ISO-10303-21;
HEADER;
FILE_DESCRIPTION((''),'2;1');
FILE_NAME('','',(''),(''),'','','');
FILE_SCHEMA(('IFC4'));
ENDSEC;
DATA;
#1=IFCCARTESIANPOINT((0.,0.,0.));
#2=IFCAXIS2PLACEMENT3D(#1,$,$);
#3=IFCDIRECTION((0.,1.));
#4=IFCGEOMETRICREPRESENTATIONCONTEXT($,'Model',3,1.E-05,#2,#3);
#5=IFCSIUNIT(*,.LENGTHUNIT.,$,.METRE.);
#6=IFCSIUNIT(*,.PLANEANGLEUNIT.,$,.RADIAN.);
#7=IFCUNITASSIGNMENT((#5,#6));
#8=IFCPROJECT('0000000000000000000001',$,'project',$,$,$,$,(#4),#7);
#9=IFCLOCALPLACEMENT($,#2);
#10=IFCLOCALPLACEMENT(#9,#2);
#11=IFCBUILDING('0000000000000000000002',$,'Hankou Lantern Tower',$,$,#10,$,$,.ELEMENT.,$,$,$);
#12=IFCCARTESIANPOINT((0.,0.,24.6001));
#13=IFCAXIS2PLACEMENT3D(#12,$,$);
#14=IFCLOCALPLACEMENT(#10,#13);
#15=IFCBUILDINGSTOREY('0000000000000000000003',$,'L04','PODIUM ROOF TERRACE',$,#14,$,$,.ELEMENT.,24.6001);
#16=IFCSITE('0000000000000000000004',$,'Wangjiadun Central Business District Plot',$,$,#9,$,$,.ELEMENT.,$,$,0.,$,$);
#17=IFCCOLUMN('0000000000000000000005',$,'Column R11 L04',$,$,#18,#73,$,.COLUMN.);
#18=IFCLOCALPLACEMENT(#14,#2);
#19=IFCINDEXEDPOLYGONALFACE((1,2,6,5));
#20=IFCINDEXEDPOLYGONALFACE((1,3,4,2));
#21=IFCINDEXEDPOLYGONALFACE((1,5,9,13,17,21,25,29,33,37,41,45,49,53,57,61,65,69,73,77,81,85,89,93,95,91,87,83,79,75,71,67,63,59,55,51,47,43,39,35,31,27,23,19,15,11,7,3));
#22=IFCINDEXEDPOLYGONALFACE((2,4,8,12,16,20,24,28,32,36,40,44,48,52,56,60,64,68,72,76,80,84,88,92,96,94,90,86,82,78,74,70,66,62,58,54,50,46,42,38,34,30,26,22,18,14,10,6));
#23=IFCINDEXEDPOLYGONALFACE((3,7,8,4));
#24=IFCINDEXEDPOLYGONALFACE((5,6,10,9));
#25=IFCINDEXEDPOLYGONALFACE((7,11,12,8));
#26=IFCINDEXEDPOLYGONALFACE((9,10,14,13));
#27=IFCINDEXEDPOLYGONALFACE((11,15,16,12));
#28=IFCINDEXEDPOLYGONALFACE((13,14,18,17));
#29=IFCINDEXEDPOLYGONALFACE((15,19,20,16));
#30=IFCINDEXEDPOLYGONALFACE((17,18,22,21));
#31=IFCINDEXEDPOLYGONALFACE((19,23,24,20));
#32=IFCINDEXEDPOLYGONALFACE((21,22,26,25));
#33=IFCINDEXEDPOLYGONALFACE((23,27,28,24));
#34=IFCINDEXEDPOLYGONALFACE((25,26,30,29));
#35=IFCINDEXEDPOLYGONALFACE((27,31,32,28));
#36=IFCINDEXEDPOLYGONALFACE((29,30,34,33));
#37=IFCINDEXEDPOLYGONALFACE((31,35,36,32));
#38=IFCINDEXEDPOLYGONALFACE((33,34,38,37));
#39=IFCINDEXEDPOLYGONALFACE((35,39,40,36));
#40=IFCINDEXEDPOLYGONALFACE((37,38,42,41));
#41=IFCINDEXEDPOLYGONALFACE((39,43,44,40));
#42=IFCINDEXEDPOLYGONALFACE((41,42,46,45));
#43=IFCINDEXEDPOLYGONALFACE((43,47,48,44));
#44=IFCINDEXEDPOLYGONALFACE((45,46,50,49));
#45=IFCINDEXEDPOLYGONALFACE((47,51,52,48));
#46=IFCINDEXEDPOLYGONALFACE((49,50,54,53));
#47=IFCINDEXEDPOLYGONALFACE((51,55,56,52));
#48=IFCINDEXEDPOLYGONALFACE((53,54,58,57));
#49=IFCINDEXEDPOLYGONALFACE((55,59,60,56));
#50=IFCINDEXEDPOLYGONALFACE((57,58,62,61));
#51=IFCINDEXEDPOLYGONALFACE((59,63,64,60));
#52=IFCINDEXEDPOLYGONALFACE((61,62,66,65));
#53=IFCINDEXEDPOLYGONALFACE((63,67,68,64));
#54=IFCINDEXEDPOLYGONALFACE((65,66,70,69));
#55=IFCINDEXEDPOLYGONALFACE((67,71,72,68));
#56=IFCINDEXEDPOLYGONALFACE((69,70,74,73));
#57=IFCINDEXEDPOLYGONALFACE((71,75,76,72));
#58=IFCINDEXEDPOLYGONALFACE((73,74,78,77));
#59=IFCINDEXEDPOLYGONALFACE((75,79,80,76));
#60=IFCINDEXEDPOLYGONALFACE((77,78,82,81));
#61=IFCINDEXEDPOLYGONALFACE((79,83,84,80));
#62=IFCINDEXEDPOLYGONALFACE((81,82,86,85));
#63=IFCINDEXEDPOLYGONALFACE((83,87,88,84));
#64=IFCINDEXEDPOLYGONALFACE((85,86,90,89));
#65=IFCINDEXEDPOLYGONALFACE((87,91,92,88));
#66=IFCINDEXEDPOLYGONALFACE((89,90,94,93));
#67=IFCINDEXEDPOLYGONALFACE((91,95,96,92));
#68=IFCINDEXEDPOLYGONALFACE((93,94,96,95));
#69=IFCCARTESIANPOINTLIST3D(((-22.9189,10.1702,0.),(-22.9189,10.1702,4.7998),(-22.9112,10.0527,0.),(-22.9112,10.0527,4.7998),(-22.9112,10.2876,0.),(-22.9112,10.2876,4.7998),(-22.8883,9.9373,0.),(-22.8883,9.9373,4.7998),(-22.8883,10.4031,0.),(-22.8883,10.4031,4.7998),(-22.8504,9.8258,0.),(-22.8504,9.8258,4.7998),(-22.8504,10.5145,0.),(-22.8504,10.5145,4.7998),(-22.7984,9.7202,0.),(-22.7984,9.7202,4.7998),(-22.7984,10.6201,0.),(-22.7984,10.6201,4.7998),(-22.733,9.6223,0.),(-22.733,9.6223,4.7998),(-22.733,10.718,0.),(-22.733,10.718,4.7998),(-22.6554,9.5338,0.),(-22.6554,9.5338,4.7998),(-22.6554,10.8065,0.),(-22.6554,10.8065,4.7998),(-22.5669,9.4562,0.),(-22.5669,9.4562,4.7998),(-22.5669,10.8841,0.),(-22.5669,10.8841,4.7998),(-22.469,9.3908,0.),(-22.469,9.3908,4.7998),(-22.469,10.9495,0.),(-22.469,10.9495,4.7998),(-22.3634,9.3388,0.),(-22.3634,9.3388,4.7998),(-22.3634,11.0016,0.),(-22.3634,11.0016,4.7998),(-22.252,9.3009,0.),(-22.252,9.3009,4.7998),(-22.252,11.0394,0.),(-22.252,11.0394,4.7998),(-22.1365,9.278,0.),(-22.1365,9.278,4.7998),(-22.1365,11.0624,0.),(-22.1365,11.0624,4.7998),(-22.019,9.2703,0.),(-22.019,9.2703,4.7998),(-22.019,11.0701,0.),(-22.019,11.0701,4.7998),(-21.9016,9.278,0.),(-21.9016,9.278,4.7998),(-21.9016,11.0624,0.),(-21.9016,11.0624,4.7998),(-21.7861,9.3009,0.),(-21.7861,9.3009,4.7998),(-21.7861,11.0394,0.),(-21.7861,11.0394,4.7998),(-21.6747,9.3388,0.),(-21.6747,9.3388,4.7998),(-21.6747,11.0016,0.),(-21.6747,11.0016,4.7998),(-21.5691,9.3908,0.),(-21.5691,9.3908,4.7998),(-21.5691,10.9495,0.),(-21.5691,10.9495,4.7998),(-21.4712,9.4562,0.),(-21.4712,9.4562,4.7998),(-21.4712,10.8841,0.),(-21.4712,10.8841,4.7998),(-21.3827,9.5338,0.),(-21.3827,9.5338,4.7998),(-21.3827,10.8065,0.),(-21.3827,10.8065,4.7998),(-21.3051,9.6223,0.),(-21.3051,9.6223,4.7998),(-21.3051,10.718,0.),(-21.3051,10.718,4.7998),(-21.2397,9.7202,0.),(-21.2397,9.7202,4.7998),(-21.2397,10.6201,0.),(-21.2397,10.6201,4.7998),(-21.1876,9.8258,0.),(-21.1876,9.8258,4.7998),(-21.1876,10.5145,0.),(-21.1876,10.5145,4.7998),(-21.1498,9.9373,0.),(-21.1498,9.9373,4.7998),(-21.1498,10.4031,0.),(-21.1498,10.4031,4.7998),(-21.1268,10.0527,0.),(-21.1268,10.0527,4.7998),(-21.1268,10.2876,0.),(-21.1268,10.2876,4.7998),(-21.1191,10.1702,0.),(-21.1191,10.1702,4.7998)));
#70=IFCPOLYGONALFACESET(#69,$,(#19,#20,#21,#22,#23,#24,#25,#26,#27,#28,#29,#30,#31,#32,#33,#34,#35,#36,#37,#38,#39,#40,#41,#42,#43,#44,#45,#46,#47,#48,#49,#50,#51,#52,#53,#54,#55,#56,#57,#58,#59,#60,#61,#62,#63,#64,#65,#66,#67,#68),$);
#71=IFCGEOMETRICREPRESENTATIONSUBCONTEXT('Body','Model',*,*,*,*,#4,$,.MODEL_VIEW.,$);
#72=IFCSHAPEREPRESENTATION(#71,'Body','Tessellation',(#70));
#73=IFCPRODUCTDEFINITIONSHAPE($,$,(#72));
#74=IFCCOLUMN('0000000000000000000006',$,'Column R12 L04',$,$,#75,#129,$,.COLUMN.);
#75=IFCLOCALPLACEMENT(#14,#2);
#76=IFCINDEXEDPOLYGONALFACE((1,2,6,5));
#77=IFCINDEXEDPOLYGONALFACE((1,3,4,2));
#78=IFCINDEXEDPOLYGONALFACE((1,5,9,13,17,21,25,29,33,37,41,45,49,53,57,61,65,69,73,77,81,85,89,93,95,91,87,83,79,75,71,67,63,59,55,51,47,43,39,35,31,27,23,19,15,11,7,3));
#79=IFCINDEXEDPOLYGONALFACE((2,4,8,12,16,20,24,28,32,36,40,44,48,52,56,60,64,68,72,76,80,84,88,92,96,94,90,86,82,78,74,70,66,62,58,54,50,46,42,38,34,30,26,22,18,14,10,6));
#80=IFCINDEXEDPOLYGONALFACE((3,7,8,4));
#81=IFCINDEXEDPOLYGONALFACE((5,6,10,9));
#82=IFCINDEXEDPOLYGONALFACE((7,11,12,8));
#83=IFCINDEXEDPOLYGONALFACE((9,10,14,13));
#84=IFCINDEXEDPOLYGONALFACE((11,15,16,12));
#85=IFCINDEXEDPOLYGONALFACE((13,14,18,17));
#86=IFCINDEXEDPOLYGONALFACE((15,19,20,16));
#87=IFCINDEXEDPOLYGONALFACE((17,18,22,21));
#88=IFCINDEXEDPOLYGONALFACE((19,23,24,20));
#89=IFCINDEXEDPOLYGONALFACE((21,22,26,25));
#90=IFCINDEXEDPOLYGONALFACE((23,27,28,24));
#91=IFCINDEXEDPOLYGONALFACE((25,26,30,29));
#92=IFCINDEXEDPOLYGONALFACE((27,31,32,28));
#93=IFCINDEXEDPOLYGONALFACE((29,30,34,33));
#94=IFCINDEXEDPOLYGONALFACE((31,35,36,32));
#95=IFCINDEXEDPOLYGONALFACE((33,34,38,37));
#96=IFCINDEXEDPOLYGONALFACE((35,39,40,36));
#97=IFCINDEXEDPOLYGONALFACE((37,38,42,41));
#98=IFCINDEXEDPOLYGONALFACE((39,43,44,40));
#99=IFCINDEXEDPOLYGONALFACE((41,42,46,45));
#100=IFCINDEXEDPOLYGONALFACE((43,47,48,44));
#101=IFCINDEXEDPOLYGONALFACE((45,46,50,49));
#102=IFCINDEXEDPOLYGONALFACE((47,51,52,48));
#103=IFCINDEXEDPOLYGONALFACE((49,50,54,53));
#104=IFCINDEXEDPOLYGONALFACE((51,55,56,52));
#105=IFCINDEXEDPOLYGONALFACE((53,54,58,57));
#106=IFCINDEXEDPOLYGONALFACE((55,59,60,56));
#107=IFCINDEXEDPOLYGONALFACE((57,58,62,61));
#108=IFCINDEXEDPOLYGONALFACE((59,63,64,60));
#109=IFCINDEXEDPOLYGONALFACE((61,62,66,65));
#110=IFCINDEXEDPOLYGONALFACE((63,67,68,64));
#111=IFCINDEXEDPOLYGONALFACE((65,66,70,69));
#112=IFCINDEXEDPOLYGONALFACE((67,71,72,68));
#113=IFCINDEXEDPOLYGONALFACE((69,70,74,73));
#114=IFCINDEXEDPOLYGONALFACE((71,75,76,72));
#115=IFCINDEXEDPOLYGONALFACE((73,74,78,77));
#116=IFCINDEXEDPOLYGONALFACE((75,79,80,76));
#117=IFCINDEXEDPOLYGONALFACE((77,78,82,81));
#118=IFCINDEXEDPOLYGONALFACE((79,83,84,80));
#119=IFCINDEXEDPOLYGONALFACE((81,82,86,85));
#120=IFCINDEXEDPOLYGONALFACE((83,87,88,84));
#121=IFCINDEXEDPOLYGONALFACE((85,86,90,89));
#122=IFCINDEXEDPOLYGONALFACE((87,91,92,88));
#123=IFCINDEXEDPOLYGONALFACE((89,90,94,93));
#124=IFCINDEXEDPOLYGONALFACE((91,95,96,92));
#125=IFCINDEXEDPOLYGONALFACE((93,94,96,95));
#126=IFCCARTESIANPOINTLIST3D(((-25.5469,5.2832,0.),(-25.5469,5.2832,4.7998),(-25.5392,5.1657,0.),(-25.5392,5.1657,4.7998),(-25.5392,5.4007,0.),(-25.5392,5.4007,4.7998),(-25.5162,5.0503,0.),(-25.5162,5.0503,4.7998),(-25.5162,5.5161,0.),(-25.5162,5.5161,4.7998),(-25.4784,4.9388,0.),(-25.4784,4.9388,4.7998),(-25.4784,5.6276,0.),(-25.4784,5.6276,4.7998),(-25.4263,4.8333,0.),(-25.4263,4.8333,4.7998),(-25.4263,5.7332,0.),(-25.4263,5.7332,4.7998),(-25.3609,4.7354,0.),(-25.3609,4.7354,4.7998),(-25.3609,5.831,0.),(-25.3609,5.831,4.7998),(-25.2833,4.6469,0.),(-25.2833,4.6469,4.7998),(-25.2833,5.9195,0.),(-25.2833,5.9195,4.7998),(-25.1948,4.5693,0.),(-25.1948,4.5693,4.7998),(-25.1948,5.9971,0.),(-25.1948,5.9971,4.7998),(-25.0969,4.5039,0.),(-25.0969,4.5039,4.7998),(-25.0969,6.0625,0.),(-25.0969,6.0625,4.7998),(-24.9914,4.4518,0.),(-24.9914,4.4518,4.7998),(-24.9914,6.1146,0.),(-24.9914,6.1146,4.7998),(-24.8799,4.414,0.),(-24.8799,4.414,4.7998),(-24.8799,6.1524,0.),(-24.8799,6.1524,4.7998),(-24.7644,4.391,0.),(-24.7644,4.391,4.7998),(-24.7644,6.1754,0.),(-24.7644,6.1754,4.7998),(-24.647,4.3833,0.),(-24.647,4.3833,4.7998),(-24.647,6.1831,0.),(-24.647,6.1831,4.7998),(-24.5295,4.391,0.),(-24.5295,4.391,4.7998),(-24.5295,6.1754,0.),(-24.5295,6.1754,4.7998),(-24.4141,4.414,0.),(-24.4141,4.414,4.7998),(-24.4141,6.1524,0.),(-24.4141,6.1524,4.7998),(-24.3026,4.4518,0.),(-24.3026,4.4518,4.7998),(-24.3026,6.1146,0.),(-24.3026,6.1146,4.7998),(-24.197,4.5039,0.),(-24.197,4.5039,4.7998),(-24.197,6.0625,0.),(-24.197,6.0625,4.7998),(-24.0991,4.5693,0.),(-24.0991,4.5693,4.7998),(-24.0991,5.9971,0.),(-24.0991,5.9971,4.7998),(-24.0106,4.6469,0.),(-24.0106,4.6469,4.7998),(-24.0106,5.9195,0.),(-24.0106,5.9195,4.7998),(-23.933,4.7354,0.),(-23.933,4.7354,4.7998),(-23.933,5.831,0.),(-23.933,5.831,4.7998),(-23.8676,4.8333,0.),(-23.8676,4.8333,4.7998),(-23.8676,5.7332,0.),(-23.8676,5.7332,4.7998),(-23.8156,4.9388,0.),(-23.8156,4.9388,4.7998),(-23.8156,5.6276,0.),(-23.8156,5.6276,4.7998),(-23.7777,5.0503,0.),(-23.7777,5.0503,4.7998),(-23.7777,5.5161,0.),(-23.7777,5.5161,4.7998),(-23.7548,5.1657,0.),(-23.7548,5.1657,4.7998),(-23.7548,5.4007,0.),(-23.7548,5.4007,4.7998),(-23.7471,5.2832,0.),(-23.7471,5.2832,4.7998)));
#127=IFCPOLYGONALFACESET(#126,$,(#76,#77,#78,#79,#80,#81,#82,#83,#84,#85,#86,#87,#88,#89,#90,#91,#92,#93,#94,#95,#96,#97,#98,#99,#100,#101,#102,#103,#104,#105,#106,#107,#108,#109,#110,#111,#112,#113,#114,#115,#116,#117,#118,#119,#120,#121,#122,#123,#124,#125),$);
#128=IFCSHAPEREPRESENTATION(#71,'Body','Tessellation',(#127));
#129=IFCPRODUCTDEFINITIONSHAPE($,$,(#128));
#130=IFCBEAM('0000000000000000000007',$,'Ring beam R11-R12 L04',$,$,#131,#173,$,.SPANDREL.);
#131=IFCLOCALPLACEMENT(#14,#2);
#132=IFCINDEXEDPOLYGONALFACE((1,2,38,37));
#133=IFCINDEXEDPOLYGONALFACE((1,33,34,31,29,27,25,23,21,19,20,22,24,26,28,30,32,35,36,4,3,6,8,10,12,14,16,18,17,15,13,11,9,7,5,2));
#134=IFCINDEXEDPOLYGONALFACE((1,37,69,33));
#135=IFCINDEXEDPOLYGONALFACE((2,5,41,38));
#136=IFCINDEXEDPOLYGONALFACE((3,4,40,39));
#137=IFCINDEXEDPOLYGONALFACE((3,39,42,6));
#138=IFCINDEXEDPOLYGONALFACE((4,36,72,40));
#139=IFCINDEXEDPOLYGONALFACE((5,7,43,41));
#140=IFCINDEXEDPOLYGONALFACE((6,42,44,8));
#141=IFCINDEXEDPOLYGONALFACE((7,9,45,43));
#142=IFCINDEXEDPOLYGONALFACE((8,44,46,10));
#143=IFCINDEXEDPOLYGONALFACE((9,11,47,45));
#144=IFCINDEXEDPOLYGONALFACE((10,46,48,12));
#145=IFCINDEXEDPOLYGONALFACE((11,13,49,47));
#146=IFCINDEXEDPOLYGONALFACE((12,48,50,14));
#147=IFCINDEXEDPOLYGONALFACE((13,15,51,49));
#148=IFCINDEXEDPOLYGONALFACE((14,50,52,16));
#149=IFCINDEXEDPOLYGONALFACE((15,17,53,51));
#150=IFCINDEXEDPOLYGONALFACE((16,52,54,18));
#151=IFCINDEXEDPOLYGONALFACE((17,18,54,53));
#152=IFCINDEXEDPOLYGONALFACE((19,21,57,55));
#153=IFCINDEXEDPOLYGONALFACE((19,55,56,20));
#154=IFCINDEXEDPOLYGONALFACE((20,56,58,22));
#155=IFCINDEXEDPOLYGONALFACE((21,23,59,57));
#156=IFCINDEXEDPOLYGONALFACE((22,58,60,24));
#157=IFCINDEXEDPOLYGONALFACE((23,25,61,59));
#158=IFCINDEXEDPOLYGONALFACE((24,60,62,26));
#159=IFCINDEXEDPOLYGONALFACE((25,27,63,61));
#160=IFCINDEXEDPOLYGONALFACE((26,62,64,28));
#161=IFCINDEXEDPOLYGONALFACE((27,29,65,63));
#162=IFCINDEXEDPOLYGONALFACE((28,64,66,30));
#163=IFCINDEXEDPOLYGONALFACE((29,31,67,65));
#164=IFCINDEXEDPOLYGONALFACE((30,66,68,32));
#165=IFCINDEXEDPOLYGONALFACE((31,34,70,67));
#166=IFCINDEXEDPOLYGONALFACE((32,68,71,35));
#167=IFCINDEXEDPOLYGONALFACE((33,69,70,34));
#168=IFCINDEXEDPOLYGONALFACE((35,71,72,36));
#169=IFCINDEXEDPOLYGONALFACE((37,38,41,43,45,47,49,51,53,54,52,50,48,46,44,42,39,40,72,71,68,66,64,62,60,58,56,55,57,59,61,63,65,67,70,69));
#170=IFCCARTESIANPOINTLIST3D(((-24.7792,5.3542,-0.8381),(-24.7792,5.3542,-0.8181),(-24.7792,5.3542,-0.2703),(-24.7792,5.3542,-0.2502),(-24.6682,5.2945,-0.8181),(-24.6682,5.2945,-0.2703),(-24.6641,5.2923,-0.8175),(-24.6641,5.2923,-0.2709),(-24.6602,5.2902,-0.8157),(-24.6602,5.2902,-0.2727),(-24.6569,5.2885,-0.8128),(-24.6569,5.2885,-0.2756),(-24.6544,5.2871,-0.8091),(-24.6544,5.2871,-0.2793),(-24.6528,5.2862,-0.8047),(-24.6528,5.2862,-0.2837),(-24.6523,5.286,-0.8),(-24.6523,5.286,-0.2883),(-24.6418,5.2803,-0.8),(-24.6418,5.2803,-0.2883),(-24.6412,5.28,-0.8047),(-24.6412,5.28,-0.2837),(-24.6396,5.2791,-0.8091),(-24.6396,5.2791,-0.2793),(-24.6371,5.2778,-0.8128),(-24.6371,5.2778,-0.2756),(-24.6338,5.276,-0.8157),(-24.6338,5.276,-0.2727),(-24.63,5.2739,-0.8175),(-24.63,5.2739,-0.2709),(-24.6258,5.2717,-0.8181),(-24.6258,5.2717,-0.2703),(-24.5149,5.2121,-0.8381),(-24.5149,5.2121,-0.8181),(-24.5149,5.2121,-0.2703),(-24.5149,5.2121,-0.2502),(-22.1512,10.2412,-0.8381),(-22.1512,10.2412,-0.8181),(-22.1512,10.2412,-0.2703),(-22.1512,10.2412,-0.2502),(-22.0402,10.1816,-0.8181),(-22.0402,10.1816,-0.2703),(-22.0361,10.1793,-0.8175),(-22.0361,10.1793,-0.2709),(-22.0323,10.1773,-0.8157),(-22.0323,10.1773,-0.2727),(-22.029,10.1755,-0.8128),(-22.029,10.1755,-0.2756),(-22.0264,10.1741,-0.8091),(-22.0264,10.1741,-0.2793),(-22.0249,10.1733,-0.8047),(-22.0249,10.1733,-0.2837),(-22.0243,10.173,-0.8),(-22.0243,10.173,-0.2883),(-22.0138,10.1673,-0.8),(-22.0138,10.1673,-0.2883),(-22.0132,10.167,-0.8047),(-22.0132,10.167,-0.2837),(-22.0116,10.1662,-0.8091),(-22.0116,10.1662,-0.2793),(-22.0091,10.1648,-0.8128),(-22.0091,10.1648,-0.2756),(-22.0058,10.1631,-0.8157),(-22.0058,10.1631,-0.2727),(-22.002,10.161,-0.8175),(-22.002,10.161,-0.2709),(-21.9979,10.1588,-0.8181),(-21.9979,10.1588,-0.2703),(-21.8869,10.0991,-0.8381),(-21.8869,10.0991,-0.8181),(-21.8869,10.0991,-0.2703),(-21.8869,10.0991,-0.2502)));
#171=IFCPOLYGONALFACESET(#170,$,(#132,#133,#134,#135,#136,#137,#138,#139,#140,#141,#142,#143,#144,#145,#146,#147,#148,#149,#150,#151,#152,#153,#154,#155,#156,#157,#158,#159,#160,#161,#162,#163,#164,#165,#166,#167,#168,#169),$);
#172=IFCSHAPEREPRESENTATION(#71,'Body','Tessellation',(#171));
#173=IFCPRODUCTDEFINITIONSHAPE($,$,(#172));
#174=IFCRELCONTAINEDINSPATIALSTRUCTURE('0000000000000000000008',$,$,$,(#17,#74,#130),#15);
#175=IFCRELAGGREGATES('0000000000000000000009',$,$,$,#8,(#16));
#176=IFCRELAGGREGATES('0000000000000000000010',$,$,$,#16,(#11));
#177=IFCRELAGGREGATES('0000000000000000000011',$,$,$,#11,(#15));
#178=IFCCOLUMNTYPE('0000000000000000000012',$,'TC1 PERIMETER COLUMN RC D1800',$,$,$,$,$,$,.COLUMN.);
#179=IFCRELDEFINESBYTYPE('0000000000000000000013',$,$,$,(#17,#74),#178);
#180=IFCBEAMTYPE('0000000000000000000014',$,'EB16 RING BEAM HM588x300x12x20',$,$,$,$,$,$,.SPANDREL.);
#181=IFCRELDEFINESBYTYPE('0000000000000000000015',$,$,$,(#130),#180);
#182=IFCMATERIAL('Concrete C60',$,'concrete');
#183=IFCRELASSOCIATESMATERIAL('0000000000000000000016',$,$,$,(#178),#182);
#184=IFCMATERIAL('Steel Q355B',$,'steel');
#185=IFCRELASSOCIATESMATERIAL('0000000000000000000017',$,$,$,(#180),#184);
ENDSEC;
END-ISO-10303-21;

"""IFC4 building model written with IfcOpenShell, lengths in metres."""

from ifc_helpers import new_model, si_unit, direction, frame, origin, origin_2d, place, context, subcontext, project, spatial, circle, i_section, extrude, material, material_profile, profile_set, type_object, element, save


model = new_model("IFC4")

# Units and contexts
model_context = context("Model", 3, precision=1e-05, world=origin(), true_north=direction((0.0, 1.0)))
body_context = subcontext(model_context, "Body", "Model", "MODEL_VIEW")
ifc_project = project(units=[si_unit("LENGTHUNIT", "METRE"), si_unit("PLANEANGLEUNIT", "RADIAN")], contexts=[model_context])

# Site, building, storey
site_placement = place(None, origin())
site = spatial("IfcSite", under=ifc_project, at=site_placement, Name="Wangjiadun Central Business District Plot", CompositionType="ELEMENT", RefElevation=0.0)
building_placement = place(site_placement, origin())
building = spatial("IfcBuilding", under=site, at=building_placement, Name="Hankou Lantern Tower", CompositionType="ELEMENT")
storey_placement = place(building_placement, frame((0.0, 0.0, 24.6001)))
storey = spatial("IfcBuildingStorey", under=building, at=storey_placement, Name="L04", Description="PODIUM ROOF TERRACE", CompositionType="ELEMENT", Elevation=24.6001)

# Columns
ifc_material_1 = material(Name="Concrete C60", Category="concrete")
ifc_material_profile_1 = material_profile(ifc_material_1, circle(Radius=0.8999, at=origin_2d()), Name="RC D1800")
ifc_profile_set_1 = profile_set([ifc_material_profile_1], Name="Concrete C60")
column_type = type_object("IfcColumnType", Name="TC1 PERIMETER COLUMN RC D1800", PredefinedType="COLUMN", material=ifc_profile_set_1)
for number, where, z_axis, x_axis, name in (
    (1, (-22.019, 10.1702, 0.0), (0.0, 0.0, 1.0), (1.0, 0.0, 0.0), "Column R11 L04"),
    (2, (-24.647, 5.2832, 0.0), (0.0, 0.0, 1.0), (1.0, 0.0, 0.0), "Column R12 L04"),
):
    element("IfcColumn", number, at=place(storey_placement, frame(where, z_axis=z_axis, x_axis=x_axis)), inside=storey, type_object=column_type, Name=name, PredefinedType="COLUMN", context=body_context, shape_type="SweptSolid", body=[
        extrude(circle(Radius=0.8999, at=origin_2d()), origin(), (0.0, 0.0, 1.0), 4.7998),
    ])

# Beam
ifc_material_2 = material(Name="Steel Q355B", Category="steel")
ifc_material_profile_2 = material_profile(ifc_material_2, i_section(OverallWidth=0.3, OverallDepth=0.5879, WebThickness=0.012, FlangeThickness=0.02, FilletRadius=0.0181, at=origin_2d()), Name="HM588x300x12x20")
ifc_profile_set_2 = profile_set([ifc_material_profile_2], Name="Steel Q355B")
beam_type_1 = type_object("IfcBeamType", Name="EB16 RING BEAM HM588x300x12x20", PredefinedType="SPANDREL", material=ifc_profile_set_2)
beam_1_placement = place(storey_placement, frame((-22.019, 10.1702, -0.5442), z_axis=(-0.473609, -0.880735, 0.0), x_axis=(0.880735, -0.473609, 0.0)))
element("IfcBeam", 3, at=beam_1_placement, inside=storey, type_object=beam_type_1, Name="Ring beam R11-R12 L04", PredefinedType="SPANDREL", context=body_context, shape_type="SweptSolid", body=[
    extrude(i_section(OverallWidth=0.3, OverallDepth=0.5879, WebThickness=0.012, FlangeThickness=0.02, FilletRadius=0.0181, at=origin_2d()), origin(), (0.0, 0.0, 1.0), 5.5488),
])

save(model, "model.ifc")
